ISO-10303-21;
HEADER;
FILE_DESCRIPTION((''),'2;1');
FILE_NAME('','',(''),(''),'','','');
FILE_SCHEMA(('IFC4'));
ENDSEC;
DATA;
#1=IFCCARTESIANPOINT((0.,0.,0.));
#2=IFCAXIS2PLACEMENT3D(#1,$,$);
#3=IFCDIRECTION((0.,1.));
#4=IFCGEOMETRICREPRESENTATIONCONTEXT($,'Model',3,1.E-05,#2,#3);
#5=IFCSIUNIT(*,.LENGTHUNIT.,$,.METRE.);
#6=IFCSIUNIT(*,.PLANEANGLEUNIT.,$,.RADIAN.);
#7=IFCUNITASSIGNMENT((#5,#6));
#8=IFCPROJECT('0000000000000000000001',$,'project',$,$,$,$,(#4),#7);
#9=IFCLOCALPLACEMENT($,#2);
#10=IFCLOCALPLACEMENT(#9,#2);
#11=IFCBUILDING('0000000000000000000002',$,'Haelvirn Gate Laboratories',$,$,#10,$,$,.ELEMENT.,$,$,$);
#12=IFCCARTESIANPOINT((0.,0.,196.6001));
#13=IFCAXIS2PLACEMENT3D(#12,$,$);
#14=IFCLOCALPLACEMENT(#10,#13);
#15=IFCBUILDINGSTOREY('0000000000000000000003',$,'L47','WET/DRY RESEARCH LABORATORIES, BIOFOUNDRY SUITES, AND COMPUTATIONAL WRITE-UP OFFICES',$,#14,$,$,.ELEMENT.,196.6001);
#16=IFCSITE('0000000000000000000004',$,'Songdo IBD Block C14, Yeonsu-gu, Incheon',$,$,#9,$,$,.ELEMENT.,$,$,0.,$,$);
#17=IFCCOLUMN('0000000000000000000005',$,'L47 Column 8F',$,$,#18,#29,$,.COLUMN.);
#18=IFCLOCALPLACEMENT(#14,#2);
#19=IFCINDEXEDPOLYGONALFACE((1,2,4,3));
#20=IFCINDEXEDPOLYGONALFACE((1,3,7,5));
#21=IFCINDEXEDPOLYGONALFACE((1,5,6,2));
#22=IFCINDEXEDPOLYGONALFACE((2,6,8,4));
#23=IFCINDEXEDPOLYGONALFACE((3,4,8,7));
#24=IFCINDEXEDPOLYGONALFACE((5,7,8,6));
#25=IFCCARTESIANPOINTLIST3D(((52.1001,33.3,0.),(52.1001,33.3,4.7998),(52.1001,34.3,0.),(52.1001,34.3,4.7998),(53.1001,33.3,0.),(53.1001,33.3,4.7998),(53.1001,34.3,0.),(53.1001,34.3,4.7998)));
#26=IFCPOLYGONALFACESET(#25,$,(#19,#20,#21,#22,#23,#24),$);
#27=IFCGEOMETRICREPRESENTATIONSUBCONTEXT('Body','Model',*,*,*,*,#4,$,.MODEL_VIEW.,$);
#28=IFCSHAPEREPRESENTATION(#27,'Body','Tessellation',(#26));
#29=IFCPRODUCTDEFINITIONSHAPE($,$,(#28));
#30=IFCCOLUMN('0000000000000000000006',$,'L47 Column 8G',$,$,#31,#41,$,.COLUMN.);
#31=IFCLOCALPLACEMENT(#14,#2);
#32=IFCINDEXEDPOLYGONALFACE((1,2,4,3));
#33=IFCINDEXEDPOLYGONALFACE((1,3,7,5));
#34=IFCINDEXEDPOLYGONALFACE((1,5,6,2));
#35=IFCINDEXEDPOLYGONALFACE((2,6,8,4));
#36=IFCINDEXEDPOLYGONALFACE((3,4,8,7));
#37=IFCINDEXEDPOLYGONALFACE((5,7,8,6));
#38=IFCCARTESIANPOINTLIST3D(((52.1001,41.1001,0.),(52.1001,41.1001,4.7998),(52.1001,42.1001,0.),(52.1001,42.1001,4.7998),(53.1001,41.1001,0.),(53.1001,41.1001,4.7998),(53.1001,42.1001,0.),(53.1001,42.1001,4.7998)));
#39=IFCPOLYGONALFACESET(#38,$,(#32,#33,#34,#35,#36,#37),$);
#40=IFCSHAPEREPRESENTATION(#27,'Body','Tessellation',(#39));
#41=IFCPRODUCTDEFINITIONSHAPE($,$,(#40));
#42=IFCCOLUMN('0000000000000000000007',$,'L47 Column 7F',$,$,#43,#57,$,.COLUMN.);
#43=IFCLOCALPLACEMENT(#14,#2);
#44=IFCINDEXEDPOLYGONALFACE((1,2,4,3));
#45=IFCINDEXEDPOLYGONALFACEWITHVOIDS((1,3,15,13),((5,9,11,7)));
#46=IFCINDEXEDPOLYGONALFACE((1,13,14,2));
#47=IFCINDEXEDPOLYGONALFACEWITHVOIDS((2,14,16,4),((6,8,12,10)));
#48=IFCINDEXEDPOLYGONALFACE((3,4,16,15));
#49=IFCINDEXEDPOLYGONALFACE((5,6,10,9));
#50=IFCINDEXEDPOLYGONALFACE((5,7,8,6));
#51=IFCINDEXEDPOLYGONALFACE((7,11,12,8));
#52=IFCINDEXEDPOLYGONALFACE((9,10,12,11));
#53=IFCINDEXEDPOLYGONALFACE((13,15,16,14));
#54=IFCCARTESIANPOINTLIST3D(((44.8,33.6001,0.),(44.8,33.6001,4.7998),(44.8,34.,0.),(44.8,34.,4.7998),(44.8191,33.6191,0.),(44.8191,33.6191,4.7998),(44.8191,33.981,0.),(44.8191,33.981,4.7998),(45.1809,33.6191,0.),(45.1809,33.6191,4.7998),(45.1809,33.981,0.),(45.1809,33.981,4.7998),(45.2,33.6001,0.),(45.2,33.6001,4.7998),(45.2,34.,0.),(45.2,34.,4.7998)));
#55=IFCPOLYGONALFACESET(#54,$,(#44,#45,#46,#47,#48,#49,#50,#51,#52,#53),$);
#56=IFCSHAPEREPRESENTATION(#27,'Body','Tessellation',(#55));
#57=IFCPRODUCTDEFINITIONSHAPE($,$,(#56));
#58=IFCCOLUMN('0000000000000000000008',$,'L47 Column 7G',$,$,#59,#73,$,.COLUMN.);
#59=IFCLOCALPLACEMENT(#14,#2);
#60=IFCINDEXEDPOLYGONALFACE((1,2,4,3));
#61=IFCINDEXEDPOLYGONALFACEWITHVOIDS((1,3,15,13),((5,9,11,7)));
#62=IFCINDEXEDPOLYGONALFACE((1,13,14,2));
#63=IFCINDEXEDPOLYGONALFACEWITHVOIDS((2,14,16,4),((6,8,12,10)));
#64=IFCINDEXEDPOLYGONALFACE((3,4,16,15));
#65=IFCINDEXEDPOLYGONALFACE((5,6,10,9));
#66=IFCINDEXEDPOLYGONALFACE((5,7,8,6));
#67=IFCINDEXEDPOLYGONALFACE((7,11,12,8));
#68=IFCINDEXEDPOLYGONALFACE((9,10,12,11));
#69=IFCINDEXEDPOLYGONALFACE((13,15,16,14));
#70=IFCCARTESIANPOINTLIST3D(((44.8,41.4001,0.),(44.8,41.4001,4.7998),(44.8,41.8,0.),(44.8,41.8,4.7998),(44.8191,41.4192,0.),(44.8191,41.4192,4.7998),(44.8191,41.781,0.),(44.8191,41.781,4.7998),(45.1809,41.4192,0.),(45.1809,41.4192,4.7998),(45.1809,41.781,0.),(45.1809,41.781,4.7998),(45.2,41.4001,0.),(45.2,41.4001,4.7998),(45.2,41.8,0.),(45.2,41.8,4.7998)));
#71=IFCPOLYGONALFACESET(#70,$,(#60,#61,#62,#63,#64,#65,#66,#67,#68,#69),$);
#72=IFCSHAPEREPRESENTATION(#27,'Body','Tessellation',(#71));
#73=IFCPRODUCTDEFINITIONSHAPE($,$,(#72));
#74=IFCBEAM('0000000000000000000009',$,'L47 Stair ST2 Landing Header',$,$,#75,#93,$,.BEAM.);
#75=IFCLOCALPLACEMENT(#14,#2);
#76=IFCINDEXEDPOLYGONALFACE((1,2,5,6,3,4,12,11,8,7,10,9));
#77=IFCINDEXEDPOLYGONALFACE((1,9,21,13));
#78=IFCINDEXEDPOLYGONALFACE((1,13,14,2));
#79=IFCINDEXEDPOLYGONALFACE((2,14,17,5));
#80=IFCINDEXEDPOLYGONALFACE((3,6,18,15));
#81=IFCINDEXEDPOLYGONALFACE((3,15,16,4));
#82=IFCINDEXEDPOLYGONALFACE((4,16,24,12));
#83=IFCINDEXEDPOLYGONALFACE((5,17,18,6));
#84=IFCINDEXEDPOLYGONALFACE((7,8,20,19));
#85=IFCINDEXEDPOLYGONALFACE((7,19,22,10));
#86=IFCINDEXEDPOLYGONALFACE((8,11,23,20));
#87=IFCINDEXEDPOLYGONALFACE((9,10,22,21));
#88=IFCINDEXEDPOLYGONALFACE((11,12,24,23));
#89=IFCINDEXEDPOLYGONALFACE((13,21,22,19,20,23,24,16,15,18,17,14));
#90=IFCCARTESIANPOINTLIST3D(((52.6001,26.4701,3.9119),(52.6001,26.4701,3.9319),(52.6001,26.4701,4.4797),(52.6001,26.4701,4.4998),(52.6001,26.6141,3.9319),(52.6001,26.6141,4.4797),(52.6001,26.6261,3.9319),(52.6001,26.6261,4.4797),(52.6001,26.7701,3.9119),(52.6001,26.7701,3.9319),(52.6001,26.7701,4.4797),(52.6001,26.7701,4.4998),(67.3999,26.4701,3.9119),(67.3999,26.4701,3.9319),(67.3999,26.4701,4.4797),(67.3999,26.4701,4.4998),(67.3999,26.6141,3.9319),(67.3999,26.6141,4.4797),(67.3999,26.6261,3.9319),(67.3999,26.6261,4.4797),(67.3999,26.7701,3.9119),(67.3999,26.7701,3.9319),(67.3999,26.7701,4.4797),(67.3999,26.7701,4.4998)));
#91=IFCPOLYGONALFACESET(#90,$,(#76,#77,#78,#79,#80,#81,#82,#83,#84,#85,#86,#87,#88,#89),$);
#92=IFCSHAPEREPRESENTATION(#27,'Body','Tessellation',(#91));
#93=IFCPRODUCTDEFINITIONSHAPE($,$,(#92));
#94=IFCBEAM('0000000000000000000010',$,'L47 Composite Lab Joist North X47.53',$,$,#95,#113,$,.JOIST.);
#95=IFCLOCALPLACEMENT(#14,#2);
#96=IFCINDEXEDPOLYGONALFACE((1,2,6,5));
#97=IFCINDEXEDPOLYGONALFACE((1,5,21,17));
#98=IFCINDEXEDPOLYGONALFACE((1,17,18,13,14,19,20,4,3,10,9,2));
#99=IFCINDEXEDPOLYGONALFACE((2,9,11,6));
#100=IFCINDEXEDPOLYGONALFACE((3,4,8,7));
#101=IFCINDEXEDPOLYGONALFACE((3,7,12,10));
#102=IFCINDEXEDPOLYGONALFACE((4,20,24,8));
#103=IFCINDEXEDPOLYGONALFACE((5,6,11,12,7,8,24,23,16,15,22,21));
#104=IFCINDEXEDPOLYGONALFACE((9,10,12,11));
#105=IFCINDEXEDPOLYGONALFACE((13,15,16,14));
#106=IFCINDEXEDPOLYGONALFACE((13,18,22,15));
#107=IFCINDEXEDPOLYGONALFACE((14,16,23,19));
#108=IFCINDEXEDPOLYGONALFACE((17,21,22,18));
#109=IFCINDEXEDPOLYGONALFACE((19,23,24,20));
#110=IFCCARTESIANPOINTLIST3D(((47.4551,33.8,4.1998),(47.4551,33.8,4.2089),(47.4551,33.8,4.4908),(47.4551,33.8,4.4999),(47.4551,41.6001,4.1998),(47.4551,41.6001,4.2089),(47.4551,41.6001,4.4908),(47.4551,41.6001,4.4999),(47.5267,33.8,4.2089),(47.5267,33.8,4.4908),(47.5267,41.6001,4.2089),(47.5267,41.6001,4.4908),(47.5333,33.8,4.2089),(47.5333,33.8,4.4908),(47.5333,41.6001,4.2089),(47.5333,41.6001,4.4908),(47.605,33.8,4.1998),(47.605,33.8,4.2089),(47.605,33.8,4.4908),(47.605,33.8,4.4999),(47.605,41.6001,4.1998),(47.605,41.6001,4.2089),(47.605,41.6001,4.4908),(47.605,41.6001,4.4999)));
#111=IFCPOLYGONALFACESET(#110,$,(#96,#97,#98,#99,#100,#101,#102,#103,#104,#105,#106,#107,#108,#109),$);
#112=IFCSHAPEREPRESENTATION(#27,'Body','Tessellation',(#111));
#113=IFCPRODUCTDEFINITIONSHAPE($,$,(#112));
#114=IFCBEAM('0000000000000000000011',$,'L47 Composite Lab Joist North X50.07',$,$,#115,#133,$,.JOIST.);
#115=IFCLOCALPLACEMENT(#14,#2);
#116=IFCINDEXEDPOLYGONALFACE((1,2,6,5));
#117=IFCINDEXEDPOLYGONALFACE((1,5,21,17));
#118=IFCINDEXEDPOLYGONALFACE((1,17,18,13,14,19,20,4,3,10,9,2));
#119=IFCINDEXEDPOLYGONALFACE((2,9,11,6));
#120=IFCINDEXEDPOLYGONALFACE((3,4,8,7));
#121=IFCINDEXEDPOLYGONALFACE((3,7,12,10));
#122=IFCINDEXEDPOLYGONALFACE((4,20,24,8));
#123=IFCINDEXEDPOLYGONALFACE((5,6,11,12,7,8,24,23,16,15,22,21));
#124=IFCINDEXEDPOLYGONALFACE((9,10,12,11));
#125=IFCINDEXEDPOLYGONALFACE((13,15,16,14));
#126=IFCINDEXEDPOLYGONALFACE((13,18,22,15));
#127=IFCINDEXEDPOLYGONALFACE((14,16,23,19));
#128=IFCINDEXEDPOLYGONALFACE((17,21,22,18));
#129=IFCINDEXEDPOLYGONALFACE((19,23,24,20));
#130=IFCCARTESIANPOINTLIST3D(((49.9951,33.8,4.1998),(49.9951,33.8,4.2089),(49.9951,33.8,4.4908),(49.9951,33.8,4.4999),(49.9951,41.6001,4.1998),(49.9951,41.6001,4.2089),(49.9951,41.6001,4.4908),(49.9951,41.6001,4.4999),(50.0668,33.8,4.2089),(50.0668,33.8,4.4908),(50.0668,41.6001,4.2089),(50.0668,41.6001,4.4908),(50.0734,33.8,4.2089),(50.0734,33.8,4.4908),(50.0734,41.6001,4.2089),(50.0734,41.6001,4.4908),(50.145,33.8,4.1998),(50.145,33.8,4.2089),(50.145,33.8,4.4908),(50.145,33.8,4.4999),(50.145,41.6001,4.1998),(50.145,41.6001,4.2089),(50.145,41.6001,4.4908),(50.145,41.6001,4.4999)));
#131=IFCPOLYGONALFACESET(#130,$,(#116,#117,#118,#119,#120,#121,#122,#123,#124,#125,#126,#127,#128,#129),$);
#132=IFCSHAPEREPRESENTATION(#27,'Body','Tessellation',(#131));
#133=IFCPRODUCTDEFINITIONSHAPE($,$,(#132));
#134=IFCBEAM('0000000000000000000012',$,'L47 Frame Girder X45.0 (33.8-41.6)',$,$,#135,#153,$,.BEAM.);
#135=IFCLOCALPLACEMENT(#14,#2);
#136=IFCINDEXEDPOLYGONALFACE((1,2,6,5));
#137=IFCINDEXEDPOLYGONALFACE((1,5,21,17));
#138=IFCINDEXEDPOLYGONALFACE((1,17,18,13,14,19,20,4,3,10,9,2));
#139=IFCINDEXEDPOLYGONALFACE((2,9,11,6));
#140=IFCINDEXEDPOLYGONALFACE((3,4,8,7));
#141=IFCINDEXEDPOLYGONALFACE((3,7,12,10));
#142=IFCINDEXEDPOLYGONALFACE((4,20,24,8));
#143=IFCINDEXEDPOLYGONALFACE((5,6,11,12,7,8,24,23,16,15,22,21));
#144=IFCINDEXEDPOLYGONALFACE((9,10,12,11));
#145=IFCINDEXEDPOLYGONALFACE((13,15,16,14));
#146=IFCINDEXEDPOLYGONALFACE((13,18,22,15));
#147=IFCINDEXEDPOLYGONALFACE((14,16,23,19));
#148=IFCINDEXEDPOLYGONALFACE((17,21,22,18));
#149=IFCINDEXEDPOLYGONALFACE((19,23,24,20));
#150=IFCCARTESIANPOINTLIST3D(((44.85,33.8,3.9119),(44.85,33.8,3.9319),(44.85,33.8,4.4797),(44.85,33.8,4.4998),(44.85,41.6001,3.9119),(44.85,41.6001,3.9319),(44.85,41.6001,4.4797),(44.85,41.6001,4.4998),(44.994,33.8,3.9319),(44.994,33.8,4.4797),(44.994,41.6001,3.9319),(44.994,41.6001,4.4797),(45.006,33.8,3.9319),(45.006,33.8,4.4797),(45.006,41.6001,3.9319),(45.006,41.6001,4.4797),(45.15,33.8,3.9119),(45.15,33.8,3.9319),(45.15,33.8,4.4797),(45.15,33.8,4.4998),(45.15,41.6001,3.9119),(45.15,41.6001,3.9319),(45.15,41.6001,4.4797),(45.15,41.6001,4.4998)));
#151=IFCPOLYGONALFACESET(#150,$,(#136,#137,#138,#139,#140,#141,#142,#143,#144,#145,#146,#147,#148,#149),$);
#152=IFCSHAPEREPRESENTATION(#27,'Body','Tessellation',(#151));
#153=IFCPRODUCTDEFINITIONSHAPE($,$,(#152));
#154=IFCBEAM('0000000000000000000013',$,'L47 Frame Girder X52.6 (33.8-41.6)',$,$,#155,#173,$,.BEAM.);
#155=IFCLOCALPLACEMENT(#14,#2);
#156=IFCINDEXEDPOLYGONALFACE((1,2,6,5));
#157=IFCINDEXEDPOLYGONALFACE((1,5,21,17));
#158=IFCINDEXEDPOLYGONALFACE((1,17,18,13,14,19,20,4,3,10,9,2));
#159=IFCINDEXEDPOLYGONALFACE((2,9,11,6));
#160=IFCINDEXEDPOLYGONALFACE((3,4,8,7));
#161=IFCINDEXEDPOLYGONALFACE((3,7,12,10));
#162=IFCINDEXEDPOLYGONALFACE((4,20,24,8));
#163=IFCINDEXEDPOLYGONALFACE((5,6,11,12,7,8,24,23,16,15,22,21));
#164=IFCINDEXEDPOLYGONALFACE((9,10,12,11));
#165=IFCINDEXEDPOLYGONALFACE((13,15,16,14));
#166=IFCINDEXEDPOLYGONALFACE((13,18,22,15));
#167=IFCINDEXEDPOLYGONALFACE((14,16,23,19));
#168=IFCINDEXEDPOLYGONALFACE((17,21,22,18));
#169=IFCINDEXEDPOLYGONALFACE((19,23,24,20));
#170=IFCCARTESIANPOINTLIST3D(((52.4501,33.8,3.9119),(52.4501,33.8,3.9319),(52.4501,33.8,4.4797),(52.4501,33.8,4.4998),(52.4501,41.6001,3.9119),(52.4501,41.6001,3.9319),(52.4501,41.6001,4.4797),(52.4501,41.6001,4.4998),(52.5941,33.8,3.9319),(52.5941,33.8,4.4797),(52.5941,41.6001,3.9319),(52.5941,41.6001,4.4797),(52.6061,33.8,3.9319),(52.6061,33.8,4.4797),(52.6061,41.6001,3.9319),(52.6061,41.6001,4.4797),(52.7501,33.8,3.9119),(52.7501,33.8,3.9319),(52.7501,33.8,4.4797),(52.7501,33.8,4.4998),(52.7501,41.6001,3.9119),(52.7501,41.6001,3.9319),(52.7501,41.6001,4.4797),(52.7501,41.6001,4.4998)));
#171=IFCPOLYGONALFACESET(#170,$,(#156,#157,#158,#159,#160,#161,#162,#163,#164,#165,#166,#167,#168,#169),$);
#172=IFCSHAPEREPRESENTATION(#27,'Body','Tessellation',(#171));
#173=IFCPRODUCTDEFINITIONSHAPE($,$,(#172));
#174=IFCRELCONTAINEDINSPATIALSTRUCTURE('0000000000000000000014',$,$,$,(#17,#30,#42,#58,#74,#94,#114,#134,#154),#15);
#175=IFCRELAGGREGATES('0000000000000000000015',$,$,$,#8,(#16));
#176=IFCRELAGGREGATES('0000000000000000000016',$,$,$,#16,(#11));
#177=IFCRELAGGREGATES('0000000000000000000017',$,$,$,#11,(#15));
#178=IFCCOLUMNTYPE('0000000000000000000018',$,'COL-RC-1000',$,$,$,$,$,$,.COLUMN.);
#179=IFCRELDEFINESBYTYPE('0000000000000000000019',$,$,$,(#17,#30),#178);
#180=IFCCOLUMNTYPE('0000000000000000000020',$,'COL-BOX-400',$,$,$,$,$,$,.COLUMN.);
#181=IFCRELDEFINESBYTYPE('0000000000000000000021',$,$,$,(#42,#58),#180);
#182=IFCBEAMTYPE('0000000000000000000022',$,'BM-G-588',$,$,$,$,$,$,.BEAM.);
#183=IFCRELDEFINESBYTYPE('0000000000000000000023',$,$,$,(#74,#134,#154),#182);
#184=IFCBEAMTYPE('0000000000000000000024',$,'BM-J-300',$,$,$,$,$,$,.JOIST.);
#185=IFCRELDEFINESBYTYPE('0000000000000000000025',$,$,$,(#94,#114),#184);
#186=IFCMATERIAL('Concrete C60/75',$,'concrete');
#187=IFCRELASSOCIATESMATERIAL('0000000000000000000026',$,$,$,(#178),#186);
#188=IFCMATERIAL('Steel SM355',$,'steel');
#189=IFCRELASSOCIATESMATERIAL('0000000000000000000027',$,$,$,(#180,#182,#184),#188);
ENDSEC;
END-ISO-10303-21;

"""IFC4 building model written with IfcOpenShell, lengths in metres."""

from ifc_helpers import new_model, si_unit, direction, frame, origin, origin_2d, place, context, subcontext, project, spatial, rectangle, hollow_rectangle, i_section, extrude, source, transform, mapped, material, material_profile, profile_set, type_object, type_shapes, element, save


model = new_model("IFC4")

# Units and contexts
model_context = context("Model", 3, precision=1e-05, world=origin(), true_north=direction((0.0, 1.0)))
body_context = subcontext(model_context, "Body", "Model", "MODEL_VIEW")
ifc_project = project(units=[si_unit("LENGTHUNIT", "METRE"), si_unit("PLANEANGLEUNIT", "RADIAN")], contexts=[model_context])

# Site, building, storey
site_placement = place(None, origin())
site = spatial("IfcSite", under=ifc_project, at=site_placement, Name="Songdo IBD Block C14, Yeonsu-gu, Incheon", CompositionType="ELEMENT", RefElevation=0.0)
building_placement = place(site_placement, origin())
building = spatial("IfcBuilding", under=site, at=building_placement, Name="Haelvirn Gate Laboratories", CompositionType="ELEMENT")
storey_placement = place(building_placement, frame((0.0, 0.0, 196.6001)))
storey = spatial("IfcBuildingStorey", under=building, at=storey_placement, Name="L47", Description="WET/DRY RESEARCH LABORATORIES, BIOFOUNDRY SUITES, AND COMPUTATIONAL WRITE-UP OFFICES", CompositionType="ELEMENT", Elevation=196.6001)

# Columns
ifc_material_1 = material(Name="Concrete C60/75", Category="concrete")
ifc_material_profile_1 = material_profile(ifc_material_1, rectangle(XDim=1.0, YDim=1.0, at=origin_2d()), Name="RC-1000x1000")
ifc_profile_set_1 = profile_set([ifc_material_profile_1], Name="Concrete C60/75")
column_type_1 = type_object("IfcColumnType", Name="COL-RC-1000", PredefinedType="COLUMN", material=ifc_profile_set_1)
shared_shape_1 = source(origin(), body_context, "Body", "SweptSolid", [
    extrude(rectangle(XDim=1.0, YDim=1.0, at=origin_2d()), origin(), (0.0, 0.0, 1.0), 4.7998),
])
type_shapes(column_type_1, [shared_shape_1])
for number, where, z_axis, x_axis, name in (
    (1, (52.6001, 33.8, 0.0), (0.0, 0.0, 1.0), (1.0, 0.0, 0.0), "L47 Column 8F"),
    (2, (52.6001, 41.6001, 0.0), (0.0, 0.0, 1.0), (1.0, 0.0, 0.0), "L47 Column 8G"),
):
    element("IfcColumn", number, at=place(storey_placement, frame(where, z_axis=z_axis, x_axis=x_axis)), inside=storey, type_object=column_type_1, Name=name, PredefinedType="COLUMN", context=body_context, shape_type="MappedRepresentation", body=[
        mapped(shared_shape_1, transform((0.0, 0.0, 0.0), scale=1.0)),
    ])
ifc_material_2 = material(Name="Steel SM355", Category="steel")
ifc_material_profile_2 = material_profile(ifc_material_2, hollow_rectangle(XDim=0.3999, YDim=0.3999, WallThickness=0.019, at=origin_2d()), Name="BOX-400x400x19")
ifc_profile_set_2 = profile_set([ifc_material_profile_2], Name="Steel SM355")
column_type_2 = type_object("IfcColumnType", Name="COL-BOX-400", PredefinedType="COLUMN", material=ifc_profile_set_2)
shared_shape_2 = source(origin(), body_context, "Body", "SweptSolid", [
    extrude(hollow_rectangle(XDim=0.3999, YDim=0.3999, WallThickness=0.019, at=origin_2d()), origin(), (0.0, 0.0, 1.0), 4.7998),
])
type_shapes(column_type_2, [shared_shape_2])
for number, where, z_axis, x_axis, name in (
    (3, (45.0, 33.8, 0.0), (0.0, 0.0, 1.0), (1.0, 0.0, 0.0), "L47 Column 7F"),
    (4, (45.0, 41.6001, 0.0), (0.0, 0.0, 1.0), (1.0, 0.0, 0.0), "L47 Column 7G"),
):
    element("IfcColumn", number, at=place(storey_placement, frame(where, z_axis=z_axis, x_axis=x_axis)), inside=storey, type_object=column_type_2, Name=name, PredefinedType="COLUMN", context=body_context, shape_type="MappedRepresentation", body=[
        mapped(shared_shape_2, transform((0.0, 0.0, 0.0), scale=1.0)),
    ])

# Beams
ifc_material_profile_3 = material_profile(ifc_material_2, i_section(OverallWidth=0.3, OverallDepth=0.5879, WebThickness=0.012, FlangeThickness=0.02, at=origin_2d()), Name="H-588x300x12x20")
ifc_profile_set_3 = profile_set([ifc_material_profile_3], Name="Steel SM355")
beam_type_1 = type_object("IfcBeamType", Name="BM-G-588", PredefinedType="BEAM", material=ifc_profile_set_3)
shared_shape_3 = source(origin(), body_context, "Body", "SweptSolid", [
    extrude(i_section(OverallWidth=0.3, OverallDepth=0.5879, WebThickness=0.012, FlangeThickness=0.02, at=origin_2d()), origin(), (0.0, 0.0, 1.0), 14.7998),
])
beam_1_placement = place(storey_placement, frame((52.6001, 26.6201, 4.2058), z_axis=(1.0, 0.0, 0.0), x_axis=(0.0, 1.0, 0.0)))
element("IfcBeam", 5, at=beam_1_placement, inside=storey, type_object=beam_type_1, Name="L47 Stair ST2 Landing Header", PredefinedType="BEAM", context=body_context, shape_type="MappedRepresentation", body=[
    mapped(shared_shape_3, transform((0.0, 0.0, 0.0), scale=1.0)),
])
ifc_material_profile_4 = material_profile(ifc_material_2, i_section(OverallWidth=0.1499, OverallDepth=0.3, WebThickness=0.0066, FlangeThickness=0.009, at=origin_2d()), Name="H-300x150x6.5x9")
ifc_profile_set_4 = profile_set([ifc_material_profile_4], Name="Steel SM355")
beam_type_2 = type_object("IfcBeamType", Name="BM-J-300", PredefinedType="JOIST", material=ifc_profile_set_4)
shared_shape_4 = source(origin(), body_context, "Body", "SweptSolid", [
    extrude(i_section(OverallWidth=0.1499, OverallDepth=0.3, WebThickness=0.0066, FlangeThickness=0.009, at=origin_2d()), origin(), (0.0, 0.0, 1.0), 7.8),
])
type_shapes(beam_type_2, [shared_shape_4])
for number, where, z_axis, x_axis, name in (
    (6, (47.53, 33.8, 4.3499), (0.0, 1.0, 0.0), (-1.0, 0.0, 0.0), "L47 Composite Lab Joist North X47.53"),
    (7, (50.0701, 33.8, 4.3499), (0.0, 1.0, 0.0), (-1.0, 0.0, 0.0), "L47 Composite Lab Joist North X50.07"),
):
    element("IfcBeam", number, at=place(storey_placement, frame(where, z_axis=z_axis, x_axis=x_axis)), inside=storey, type_object=beam_type_2, Name=name, PredefinedType="JOIST", context=body_context, shape_type="MappedRepresentation", body=[
        mapped(shared_shape_4, transform((0.0, 0.0, 0.0), scale=1.0)),
    ])
shared_shape_5 = source(origin(), body_context, "Body", "SweptSolid", [
    extrude(i_section(OverallWidth=0.3, OverallDepth=0.5879, WebThickness=0.012, FlangeThickness=0.02, at=origin_2d()), origin(), (0.0, 0.0, 1.0), 7.8),
])
type_shapes(beam_type_1, [shared_shape_3, shared_shape_5])
for number, where, z_axis, x_axis, name in (
    (8, (45.0, 33.8, 4.2058), (0.0, 1.0, 0.0), (-1.0, 0.0, 0.0), "L47 Frame Girder X45.0 (33.8-41.6)"),
    (9, (52.6001, 33.8, 4.2058), (0.0, 1.0, 0.0), (-1.0, 0.0, 0.0), "L47 Frame Girder X52.6 (33.8-41.6)"),
):
    element("IfcBeam", number, at=place(storey_placement, frame(where, z_axis=z_axis, x_axis=x_axis)), inside=storey, type_object=beam_type_1, Name=name, PredefinedType="BEAM", context=body_context, shape_type="MappedRepresentation", body=[
        mapped(shared_shape_5, transform((0.0, 0.0, 0.0), scale=1.0)),
    ])

save(model, "model.ifc")
